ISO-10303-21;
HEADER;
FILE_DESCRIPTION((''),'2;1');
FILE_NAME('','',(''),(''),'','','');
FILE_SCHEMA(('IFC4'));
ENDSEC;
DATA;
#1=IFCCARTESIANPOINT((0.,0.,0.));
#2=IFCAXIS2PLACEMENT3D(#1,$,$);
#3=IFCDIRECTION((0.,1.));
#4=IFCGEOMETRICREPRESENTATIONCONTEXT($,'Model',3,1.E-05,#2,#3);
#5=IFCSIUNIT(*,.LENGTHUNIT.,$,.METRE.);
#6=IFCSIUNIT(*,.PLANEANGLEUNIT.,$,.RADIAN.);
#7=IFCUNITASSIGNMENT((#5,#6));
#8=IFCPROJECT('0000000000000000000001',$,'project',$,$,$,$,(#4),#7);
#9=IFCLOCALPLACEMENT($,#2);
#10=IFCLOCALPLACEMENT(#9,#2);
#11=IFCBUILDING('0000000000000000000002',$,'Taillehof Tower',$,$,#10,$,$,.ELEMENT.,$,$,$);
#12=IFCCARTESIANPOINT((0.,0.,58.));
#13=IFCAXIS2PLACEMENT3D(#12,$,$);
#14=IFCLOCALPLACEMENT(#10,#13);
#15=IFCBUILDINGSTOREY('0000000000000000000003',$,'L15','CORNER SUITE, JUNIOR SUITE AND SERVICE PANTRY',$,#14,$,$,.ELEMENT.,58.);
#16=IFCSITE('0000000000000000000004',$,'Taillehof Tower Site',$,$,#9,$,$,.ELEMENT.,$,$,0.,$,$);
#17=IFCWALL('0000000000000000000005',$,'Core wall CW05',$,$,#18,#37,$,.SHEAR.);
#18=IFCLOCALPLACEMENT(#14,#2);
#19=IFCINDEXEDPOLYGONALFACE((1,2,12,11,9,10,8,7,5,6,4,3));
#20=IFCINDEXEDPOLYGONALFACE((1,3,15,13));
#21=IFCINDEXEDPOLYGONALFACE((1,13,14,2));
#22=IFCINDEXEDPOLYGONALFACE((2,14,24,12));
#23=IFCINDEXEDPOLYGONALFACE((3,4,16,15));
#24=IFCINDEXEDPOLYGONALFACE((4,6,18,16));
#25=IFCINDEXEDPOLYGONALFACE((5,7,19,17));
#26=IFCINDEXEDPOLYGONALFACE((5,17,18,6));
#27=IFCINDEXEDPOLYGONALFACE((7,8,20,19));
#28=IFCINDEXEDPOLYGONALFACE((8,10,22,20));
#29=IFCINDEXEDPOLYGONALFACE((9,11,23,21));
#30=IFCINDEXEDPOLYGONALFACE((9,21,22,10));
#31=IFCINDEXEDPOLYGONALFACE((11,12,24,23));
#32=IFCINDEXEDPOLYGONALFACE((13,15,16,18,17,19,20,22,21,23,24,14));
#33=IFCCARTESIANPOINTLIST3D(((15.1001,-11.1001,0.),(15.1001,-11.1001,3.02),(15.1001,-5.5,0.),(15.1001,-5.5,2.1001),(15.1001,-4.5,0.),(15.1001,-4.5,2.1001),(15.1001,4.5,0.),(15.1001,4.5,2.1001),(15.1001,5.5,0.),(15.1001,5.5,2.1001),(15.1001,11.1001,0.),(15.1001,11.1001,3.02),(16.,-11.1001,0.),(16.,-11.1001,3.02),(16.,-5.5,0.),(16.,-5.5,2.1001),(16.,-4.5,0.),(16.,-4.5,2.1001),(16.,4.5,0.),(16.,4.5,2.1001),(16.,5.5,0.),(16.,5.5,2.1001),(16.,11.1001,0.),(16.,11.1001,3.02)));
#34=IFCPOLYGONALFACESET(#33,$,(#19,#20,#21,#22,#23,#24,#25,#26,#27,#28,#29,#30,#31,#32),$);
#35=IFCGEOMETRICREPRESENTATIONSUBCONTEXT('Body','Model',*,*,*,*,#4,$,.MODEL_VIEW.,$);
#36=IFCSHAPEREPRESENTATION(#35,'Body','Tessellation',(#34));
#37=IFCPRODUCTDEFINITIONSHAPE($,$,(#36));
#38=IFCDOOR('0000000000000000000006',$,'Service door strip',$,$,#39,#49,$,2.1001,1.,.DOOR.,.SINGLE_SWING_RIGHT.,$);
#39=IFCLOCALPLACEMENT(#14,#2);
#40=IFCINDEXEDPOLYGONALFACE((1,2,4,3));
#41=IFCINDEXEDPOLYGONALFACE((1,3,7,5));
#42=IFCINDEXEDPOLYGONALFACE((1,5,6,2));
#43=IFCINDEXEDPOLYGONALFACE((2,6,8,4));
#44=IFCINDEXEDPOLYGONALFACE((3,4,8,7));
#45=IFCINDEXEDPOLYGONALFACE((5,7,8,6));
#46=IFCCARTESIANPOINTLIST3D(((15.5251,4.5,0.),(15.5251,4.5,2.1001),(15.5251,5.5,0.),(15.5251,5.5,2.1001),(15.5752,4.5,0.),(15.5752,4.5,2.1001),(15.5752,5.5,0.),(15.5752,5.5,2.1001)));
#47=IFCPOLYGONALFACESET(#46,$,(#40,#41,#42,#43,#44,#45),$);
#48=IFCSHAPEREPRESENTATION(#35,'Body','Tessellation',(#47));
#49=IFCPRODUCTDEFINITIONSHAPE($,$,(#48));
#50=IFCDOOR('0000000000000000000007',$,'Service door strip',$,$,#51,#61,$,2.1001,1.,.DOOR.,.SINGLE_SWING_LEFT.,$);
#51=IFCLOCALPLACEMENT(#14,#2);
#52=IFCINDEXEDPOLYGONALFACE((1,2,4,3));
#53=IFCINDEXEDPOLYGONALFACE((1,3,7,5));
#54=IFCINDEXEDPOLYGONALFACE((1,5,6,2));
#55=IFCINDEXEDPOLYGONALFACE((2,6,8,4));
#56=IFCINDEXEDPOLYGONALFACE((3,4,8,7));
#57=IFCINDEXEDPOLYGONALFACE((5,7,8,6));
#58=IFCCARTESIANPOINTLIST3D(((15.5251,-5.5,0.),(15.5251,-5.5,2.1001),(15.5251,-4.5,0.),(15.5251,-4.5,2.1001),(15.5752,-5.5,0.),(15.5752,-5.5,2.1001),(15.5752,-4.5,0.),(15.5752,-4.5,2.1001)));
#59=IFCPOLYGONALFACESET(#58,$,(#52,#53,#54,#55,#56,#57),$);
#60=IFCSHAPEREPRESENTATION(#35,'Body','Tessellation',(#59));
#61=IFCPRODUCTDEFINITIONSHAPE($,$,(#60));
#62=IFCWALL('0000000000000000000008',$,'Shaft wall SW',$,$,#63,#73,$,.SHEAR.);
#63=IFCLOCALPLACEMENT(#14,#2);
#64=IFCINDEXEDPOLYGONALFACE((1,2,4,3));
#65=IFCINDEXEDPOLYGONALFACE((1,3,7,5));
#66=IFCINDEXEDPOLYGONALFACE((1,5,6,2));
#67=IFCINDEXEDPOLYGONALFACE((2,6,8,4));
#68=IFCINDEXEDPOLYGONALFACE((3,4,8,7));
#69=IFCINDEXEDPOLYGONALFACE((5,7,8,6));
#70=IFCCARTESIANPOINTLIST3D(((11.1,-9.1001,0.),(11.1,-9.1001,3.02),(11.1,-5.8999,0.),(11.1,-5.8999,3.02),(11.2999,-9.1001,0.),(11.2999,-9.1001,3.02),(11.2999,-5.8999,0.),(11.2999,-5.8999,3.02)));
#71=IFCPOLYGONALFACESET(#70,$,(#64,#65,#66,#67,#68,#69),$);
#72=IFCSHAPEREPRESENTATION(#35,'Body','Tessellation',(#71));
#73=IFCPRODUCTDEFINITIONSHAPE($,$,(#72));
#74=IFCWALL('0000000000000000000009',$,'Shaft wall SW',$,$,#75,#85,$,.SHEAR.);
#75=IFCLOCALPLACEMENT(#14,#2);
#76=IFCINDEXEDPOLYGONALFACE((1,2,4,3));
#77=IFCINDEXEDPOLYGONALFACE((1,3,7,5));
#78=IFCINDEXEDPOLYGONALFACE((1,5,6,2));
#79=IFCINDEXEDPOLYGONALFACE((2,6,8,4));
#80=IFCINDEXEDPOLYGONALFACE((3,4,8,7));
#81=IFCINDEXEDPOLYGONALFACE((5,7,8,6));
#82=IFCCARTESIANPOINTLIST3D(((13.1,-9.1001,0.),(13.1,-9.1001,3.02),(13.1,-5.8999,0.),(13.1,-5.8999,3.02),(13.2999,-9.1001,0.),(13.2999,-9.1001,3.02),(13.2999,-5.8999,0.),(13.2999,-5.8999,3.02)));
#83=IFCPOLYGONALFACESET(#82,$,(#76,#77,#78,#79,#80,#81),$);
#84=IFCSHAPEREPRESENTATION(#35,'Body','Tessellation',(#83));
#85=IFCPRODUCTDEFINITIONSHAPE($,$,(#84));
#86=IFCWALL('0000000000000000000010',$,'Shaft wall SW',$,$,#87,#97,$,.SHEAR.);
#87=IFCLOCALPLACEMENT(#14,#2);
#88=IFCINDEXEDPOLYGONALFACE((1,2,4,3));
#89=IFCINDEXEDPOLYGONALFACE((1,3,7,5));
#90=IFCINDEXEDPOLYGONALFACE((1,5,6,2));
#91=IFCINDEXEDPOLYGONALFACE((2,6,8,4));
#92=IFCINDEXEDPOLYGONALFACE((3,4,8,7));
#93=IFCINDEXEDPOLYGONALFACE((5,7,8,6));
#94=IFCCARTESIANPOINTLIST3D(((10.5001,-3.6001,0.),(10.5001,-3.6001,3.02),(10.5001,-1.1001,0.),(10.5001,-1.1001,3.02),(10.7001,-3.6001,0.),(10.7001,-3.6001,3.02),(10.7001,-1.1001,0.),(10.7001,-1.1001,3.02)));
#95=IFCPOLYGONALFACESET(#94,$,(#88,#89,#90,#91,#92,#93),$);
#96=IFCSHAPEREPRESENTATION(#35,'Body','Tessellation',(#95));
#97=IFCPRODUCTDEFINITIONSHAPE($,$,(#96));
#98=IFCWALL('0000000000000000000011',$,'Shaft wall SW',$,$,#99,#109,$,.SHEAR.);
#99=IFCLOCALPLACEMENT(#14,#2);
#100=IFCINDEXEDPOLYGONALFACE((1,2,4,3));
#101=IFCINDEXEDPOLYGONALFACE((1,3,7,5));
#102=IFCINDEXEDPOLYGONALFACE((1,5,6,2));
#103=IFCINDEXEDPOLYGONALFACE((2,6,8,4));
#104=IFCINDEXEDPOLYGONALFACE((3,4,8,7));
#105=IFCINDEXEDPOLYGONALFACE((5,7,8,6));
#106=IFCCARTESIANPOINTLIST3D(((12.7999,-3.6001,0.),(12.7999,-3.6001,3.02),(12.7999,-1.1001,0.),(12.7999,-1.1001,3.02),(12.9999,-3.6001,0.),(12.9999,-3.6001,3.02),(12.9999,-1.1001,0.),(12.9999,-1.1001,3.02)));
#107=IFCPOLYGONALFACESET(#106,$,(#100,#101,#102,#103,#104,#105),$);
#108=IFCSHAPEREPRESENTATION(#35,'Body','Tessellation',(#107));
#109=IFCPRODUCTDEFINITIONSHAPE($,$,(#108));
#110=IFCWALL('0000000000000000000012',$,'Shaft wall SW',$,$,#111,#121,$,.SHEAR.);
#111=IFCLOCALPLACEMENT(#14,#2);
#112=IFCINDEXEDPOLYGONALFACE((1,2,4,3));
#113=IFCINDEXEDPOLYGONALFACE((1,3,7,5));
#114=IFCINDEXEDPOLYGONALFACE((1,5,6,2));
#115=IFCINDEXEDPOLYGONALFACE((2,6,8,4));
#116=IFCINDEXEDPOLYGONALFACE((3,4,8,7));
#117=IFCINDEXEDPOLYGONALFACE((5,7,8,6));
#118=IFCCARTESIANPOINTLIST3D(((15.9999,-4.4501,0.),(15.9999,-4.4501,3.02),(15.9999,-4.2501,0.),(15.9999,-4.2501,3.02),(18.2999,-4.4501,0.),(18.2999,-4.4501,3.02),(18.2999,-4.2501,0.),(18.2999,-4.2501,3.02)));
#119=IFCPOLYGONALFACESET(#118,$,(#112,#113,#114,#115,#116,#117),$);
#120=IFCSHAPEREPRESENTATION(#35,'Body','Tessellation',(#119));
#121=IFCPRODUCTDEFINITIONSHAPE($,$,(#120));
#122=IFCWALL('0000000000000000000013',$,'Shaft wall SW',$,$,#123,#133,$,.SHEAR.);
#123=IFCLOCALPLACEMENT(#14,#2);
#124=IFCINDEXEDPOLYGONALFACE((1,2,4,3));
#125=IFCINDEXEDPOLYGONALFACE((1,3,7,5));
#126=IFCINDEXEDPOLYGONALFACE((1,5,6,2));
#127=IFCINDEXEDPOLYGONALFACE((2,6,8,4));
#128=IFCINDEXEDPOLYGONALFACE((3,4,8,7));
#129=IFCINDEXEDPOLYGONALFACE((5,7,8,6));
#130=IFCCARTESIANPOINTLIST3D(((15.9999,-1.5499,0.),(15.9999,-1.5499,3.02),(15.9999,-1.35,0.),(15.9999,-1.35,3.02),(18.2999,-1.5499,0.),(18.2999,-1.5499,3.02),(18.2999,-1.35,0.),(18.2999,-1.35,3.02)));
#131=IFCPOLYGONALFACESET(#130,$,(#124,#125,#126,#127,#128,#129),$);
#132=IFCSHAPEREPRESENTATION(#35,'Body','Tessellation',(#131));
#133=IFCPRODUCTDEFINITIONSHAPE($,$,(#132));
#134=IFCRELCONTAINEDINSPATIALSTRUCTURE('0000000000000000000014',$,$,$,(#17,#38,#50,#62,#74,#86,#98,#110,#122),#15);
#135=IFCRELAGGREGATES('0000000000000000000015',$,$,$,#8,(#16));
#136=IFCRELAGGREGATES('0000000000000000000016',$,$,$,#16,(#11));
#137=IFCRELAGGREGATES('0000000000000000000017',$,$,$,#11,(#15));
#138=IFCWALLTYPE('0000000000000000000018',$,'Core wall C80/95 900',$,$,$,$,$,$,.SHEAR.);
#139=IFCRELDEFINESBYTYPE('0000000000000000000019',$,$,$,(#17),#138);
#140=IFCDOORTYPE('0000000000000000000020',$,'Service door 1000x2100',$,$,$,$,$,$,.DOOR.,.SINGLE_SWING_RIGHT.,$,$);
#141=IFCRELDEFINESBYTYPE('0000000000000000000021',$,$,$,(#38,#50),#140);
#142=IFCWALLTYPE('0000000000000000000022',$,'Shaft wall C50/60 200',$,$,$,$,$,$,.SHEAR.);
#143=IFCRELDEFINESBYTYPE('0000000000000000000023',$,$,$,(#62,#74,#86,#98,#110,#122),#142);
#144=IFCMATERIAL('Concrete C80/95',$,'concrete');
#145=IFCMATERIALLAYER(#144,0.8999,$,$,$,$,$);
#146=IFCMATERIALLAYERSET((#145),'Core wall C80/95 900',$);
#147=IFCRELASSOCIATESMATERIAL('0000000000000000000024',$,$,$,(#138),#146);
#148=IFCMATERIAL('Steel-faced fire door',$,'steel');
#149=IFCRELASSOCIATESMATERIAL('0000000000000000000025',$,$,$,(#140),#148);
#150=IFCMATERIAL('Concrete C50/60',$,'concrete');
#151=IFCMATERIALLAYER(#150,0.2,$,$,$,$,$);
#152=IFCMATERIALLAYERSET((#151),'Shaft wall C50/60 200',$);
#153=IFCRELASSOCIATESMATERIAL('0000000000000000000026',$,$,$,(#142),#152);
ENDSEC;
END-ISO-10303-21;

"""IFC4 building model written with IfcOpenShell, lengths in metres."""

from ifc_helpers import new_model, si_unit, direction, frame, frame_2d, origin, place, context, subcontext, project, spatial, rectangle, extrude, material, layer, layer_set, type_object, element, fill, save


model = new_model("IFC4")

# Units and contexts
model_context = context("Model", 3, precision=1e-05, world=origin(), true_north=direction((0.0, 1.0)))
body_context = subcontext(model_context, "Body", "Model", "MODEL_VIEW")
ifc_project = project(units=[si_unit("LENGTHUNIT", "METRE"), si_unit("PLANEANGLEUNIT", "RADIAN")], contexts=[model_context])

# Site, building, storey
site_placement = place(None, origin())
site = spatial("IfcSite", under=ifc_project, at=site_placement, Name="Taillehof Tower Site", CompositionType="ELEMENT", RefElevation=0.0)
building_placement = place(site_placement, origin())
building = spatial("IfcBuilding", under=site, at=building_placement, Name="Taillehof Tower", CompositionType="ELEMENT")
storey_placement = place(building_placement, frame((0.0, 0.0, 58.0)))
storey = spatial("IfcBuildingStorey", under=building, at=storey_placement, Name="L15", Description="CORNER SUITE, JUNIOR SUITE AND SERVICE PANTRY", CompositionType="ELEMENT", Elevation=58.0)

# Wall, openings, doors
ifc_material_1 = material(Name="Concrete C80/95", Category="concrete")
ifc_layer_1 = layer(ifc_material_1, 0.8999)
ifc_layer_set_1 = layer_set([ifc_layer_1], Name="Core wall C80/95 900")
wall_type_1 = type_object("IfcWallType", Name="Core wall C80/95 900", PredefinedType="SHEAR", material=ifc_layer_set_1)
wall_1_placement = place(storey_placement, frame((15.55, -11.1001, 0.0), z_axis=(0.0, 0.0, 1.0), x_axis=(0.0, 1.0, 0.0)))
wall_1 = element("IfcWall", 1, at=wall_1_placement, inside=storey, type_object=wall_type_1, Name="Core wall CW05", PredefinedType="SHEAR", context=body_context, shape_type="SweptSolid", body=[
    extrude(rectangle(XDim=22.2002, YDim=0.8999, at=frame_2d((11.1001, 0.0))), origin(), (0.0, 0.0, 1.0), 3.02),
])
opening_1_placement = place(wall_1_placement, frame((15.6001, 0.0, 0.0)))
opening_1 = element("IfcOpeningElement", 2, at=opening_1_placement, cuts=wall_1, PredefinedType="OPENING", context=body_context, shape_type="SweptSolid", body=[
    extrude(rectangle(XDim=1.0, YDim=2.1001, at=frame_2d((0.5, 1.05))), frame((0.0, 0.46, 0.0), z_axis=(0.0, -1.0, 0.0), x_axis=(1.0, 0.0, 0.0)), (0.0, 0.0, 1.0), 0.9199),
])
opening_2_placement = place(wall_1_placement, frame((5.6001, 0.0, 0.0)))
opening_2 = element("IfcOpeningElement", 3, at=opening_2_placement, cuts=wall_1, PredefinedType="OPENING", context=body_context, shape_type="SweptSolid", body=[
    extrude(rectangle(XDim=1.0, YDim=2.1001, at=frame_2d((0.5, 1.05))), frame((0.0, 0.46, 0.0), z_axis=(0.0, -1.0, 0.0), x_axis=(1.0, 0.0, 0.0)), (0.0, 0.0, 1.0), 0.9199),
])
ifc_material_2 = material(Name="Steel-faced fire door", Category="steel")
door_type_1 = type_object("IfcDoorType", Name="Service door 1000x2100", OperationType="SINGLE_SWING_RIGHT", PredefinedType="DOOR", material=ifc_material_2)
door_1_placement = place(opening_1_placement, origin())
door_1 = element("IfcDoor", 4, at=door_1_placement, inside=storey, type_object=door_type_1, Name="Service door strip", OperationType="SINGLE_SWING_RIGHT", OverallHeight=2.1001, OverallWidth=1.0, PredefinedType="DOOR", context=body_context, shape_type="SweptSolid", body=[
    extrude(rectangle(XDim=1.0, YDim=2.1001, at=frame_2d((0.5, 1.05))), frame((0.0, 0.0249, 0.0), z_axis=(0.0, -1.0, 0.0), x_axis=(1.0, 0.0, 0.0)), (0.0, 0.0, 1.0), 0.05),
])
fill(opening_1, door_1)
door_2_placement = place(opening_2_placement, origin())
door_2 = element("IfcDoor", 5, at=door_2_placement, inside=storey, type_object=door_type_1, Name="Service door strip", OperationType="SINGLE_SWING_LEFT", OverallHeight=2.1001, OverallWidth=1.0, PredefinedType="DOOR", context=body_context, shape_type="SweptSolid", body=[
    extrude(rectangle(XDim=1.0, YDim=2.1001, at=frame_2d((0.5, 1.05))), frame((0.0, 0.0249, 0.0), z_axis=(0.0, -1.0, 0.0), x_axis=(1.0, 0.0, 0.0)), (0.0, 0.0, 1.0), 0.05),
])
fill(opening_2, door_2)

# Walls
ifc_material_3 = material(Name="Concrete C50/60", Category="concrete")
ifc_layer_2 = layer(ifc_material_3, 0.2)
ifc_layer_set_2 = layer_set([ifc_layer_2], Name="Shaft wall C50/60 200")
wall_type_2 = type_object("IfcWallType", Name="Shaft wall C50/60 200", PredefinedType="SHEAR", material=ifc_layer_set_2)
for number, where, z_axis, x_axis, name in (
    (6, (11.2, -9.1001, 0.0), (0.0, 0.0, 1.0), (0.0, 1.0, 0.0), "Shaft wall SW"),
    (7, (13.2, -9.1001, 0.0), (0.0, 0.0, 1.0), (0.0, 1.0, 0.0), "Shaft wall SW"),
):
    element("IfcWall", number, at=place(storey_placement, frame(where, z_axis=z_axis, x_axis=x_axis)), inside=storey, type_object=wall_type_2, Name=name, PredefinedType="SHEAR", context=body_context, shape_type="SweptSolid", body=[
        extrude(rectangle(XDim=3.2002, YDim=0.2, at=frame_2d((1.6001, 0.0))), origin(), (0.0, 0.0, 1.0), 3.02),
    ])
for number, where, z_axis, x_axis, name in (
    (8, (10.6001, -3.6001, 0.0), (0.0, 0.0, 1.0), (0.0, 1.0, 0.0), "Shaft wall SW"),
    (9, (12.8999, -3.6001, 0.0), (0.0, 0.0, 1.0), (0.0, 1.0, 0.0), "Shaft wall SW"),
):
    element("IfcWall", number, at=place(storey_placement, frame(where, z_axis=z_axis, x_axis=x_axis)), inside=storey, type_object=wall_type_2, Name=name, PredefinedType="SHEAR", context=body_context, shape_type="SweptSolid", body=[
        extrude(rectangle(XDim=2.5, YDim=0.2, at=frame_2d((1.25, 0.0))), origin(), (0.0, 0.0, 1.0), 3.02),
    ])
for number, where, z_axis, x_axis, name in (
    (10, (16.0, -4.3501, 0.0), (0.0, 0.0, 1.0), (1.0, 0.0, 0.0), "Shaft wall SW"),
    (11, (16.0, -1.45, 0.0), (0.0, 0.0, 1.0), (1.0, 0.0, 0.0), "Shaft wall SW"),
):
    element("IfcWall", number, at=place(storey_placement, frame(where, z_axis=z_axis, x_axis=x_axis)), inside=storey, type_object=wall_type_2, Name=name, PredefinedType="SHEAR", context=body_context, shape_type="SweptSolid", body=[
        extrude(rectangle(XDim=2.3, YDim=0.2, at=frame_2d((1.1499, 0.0))), origin(), (0.0, 0.0, 1.0), 3.02),
    ])

save(model, "model.ifc")
